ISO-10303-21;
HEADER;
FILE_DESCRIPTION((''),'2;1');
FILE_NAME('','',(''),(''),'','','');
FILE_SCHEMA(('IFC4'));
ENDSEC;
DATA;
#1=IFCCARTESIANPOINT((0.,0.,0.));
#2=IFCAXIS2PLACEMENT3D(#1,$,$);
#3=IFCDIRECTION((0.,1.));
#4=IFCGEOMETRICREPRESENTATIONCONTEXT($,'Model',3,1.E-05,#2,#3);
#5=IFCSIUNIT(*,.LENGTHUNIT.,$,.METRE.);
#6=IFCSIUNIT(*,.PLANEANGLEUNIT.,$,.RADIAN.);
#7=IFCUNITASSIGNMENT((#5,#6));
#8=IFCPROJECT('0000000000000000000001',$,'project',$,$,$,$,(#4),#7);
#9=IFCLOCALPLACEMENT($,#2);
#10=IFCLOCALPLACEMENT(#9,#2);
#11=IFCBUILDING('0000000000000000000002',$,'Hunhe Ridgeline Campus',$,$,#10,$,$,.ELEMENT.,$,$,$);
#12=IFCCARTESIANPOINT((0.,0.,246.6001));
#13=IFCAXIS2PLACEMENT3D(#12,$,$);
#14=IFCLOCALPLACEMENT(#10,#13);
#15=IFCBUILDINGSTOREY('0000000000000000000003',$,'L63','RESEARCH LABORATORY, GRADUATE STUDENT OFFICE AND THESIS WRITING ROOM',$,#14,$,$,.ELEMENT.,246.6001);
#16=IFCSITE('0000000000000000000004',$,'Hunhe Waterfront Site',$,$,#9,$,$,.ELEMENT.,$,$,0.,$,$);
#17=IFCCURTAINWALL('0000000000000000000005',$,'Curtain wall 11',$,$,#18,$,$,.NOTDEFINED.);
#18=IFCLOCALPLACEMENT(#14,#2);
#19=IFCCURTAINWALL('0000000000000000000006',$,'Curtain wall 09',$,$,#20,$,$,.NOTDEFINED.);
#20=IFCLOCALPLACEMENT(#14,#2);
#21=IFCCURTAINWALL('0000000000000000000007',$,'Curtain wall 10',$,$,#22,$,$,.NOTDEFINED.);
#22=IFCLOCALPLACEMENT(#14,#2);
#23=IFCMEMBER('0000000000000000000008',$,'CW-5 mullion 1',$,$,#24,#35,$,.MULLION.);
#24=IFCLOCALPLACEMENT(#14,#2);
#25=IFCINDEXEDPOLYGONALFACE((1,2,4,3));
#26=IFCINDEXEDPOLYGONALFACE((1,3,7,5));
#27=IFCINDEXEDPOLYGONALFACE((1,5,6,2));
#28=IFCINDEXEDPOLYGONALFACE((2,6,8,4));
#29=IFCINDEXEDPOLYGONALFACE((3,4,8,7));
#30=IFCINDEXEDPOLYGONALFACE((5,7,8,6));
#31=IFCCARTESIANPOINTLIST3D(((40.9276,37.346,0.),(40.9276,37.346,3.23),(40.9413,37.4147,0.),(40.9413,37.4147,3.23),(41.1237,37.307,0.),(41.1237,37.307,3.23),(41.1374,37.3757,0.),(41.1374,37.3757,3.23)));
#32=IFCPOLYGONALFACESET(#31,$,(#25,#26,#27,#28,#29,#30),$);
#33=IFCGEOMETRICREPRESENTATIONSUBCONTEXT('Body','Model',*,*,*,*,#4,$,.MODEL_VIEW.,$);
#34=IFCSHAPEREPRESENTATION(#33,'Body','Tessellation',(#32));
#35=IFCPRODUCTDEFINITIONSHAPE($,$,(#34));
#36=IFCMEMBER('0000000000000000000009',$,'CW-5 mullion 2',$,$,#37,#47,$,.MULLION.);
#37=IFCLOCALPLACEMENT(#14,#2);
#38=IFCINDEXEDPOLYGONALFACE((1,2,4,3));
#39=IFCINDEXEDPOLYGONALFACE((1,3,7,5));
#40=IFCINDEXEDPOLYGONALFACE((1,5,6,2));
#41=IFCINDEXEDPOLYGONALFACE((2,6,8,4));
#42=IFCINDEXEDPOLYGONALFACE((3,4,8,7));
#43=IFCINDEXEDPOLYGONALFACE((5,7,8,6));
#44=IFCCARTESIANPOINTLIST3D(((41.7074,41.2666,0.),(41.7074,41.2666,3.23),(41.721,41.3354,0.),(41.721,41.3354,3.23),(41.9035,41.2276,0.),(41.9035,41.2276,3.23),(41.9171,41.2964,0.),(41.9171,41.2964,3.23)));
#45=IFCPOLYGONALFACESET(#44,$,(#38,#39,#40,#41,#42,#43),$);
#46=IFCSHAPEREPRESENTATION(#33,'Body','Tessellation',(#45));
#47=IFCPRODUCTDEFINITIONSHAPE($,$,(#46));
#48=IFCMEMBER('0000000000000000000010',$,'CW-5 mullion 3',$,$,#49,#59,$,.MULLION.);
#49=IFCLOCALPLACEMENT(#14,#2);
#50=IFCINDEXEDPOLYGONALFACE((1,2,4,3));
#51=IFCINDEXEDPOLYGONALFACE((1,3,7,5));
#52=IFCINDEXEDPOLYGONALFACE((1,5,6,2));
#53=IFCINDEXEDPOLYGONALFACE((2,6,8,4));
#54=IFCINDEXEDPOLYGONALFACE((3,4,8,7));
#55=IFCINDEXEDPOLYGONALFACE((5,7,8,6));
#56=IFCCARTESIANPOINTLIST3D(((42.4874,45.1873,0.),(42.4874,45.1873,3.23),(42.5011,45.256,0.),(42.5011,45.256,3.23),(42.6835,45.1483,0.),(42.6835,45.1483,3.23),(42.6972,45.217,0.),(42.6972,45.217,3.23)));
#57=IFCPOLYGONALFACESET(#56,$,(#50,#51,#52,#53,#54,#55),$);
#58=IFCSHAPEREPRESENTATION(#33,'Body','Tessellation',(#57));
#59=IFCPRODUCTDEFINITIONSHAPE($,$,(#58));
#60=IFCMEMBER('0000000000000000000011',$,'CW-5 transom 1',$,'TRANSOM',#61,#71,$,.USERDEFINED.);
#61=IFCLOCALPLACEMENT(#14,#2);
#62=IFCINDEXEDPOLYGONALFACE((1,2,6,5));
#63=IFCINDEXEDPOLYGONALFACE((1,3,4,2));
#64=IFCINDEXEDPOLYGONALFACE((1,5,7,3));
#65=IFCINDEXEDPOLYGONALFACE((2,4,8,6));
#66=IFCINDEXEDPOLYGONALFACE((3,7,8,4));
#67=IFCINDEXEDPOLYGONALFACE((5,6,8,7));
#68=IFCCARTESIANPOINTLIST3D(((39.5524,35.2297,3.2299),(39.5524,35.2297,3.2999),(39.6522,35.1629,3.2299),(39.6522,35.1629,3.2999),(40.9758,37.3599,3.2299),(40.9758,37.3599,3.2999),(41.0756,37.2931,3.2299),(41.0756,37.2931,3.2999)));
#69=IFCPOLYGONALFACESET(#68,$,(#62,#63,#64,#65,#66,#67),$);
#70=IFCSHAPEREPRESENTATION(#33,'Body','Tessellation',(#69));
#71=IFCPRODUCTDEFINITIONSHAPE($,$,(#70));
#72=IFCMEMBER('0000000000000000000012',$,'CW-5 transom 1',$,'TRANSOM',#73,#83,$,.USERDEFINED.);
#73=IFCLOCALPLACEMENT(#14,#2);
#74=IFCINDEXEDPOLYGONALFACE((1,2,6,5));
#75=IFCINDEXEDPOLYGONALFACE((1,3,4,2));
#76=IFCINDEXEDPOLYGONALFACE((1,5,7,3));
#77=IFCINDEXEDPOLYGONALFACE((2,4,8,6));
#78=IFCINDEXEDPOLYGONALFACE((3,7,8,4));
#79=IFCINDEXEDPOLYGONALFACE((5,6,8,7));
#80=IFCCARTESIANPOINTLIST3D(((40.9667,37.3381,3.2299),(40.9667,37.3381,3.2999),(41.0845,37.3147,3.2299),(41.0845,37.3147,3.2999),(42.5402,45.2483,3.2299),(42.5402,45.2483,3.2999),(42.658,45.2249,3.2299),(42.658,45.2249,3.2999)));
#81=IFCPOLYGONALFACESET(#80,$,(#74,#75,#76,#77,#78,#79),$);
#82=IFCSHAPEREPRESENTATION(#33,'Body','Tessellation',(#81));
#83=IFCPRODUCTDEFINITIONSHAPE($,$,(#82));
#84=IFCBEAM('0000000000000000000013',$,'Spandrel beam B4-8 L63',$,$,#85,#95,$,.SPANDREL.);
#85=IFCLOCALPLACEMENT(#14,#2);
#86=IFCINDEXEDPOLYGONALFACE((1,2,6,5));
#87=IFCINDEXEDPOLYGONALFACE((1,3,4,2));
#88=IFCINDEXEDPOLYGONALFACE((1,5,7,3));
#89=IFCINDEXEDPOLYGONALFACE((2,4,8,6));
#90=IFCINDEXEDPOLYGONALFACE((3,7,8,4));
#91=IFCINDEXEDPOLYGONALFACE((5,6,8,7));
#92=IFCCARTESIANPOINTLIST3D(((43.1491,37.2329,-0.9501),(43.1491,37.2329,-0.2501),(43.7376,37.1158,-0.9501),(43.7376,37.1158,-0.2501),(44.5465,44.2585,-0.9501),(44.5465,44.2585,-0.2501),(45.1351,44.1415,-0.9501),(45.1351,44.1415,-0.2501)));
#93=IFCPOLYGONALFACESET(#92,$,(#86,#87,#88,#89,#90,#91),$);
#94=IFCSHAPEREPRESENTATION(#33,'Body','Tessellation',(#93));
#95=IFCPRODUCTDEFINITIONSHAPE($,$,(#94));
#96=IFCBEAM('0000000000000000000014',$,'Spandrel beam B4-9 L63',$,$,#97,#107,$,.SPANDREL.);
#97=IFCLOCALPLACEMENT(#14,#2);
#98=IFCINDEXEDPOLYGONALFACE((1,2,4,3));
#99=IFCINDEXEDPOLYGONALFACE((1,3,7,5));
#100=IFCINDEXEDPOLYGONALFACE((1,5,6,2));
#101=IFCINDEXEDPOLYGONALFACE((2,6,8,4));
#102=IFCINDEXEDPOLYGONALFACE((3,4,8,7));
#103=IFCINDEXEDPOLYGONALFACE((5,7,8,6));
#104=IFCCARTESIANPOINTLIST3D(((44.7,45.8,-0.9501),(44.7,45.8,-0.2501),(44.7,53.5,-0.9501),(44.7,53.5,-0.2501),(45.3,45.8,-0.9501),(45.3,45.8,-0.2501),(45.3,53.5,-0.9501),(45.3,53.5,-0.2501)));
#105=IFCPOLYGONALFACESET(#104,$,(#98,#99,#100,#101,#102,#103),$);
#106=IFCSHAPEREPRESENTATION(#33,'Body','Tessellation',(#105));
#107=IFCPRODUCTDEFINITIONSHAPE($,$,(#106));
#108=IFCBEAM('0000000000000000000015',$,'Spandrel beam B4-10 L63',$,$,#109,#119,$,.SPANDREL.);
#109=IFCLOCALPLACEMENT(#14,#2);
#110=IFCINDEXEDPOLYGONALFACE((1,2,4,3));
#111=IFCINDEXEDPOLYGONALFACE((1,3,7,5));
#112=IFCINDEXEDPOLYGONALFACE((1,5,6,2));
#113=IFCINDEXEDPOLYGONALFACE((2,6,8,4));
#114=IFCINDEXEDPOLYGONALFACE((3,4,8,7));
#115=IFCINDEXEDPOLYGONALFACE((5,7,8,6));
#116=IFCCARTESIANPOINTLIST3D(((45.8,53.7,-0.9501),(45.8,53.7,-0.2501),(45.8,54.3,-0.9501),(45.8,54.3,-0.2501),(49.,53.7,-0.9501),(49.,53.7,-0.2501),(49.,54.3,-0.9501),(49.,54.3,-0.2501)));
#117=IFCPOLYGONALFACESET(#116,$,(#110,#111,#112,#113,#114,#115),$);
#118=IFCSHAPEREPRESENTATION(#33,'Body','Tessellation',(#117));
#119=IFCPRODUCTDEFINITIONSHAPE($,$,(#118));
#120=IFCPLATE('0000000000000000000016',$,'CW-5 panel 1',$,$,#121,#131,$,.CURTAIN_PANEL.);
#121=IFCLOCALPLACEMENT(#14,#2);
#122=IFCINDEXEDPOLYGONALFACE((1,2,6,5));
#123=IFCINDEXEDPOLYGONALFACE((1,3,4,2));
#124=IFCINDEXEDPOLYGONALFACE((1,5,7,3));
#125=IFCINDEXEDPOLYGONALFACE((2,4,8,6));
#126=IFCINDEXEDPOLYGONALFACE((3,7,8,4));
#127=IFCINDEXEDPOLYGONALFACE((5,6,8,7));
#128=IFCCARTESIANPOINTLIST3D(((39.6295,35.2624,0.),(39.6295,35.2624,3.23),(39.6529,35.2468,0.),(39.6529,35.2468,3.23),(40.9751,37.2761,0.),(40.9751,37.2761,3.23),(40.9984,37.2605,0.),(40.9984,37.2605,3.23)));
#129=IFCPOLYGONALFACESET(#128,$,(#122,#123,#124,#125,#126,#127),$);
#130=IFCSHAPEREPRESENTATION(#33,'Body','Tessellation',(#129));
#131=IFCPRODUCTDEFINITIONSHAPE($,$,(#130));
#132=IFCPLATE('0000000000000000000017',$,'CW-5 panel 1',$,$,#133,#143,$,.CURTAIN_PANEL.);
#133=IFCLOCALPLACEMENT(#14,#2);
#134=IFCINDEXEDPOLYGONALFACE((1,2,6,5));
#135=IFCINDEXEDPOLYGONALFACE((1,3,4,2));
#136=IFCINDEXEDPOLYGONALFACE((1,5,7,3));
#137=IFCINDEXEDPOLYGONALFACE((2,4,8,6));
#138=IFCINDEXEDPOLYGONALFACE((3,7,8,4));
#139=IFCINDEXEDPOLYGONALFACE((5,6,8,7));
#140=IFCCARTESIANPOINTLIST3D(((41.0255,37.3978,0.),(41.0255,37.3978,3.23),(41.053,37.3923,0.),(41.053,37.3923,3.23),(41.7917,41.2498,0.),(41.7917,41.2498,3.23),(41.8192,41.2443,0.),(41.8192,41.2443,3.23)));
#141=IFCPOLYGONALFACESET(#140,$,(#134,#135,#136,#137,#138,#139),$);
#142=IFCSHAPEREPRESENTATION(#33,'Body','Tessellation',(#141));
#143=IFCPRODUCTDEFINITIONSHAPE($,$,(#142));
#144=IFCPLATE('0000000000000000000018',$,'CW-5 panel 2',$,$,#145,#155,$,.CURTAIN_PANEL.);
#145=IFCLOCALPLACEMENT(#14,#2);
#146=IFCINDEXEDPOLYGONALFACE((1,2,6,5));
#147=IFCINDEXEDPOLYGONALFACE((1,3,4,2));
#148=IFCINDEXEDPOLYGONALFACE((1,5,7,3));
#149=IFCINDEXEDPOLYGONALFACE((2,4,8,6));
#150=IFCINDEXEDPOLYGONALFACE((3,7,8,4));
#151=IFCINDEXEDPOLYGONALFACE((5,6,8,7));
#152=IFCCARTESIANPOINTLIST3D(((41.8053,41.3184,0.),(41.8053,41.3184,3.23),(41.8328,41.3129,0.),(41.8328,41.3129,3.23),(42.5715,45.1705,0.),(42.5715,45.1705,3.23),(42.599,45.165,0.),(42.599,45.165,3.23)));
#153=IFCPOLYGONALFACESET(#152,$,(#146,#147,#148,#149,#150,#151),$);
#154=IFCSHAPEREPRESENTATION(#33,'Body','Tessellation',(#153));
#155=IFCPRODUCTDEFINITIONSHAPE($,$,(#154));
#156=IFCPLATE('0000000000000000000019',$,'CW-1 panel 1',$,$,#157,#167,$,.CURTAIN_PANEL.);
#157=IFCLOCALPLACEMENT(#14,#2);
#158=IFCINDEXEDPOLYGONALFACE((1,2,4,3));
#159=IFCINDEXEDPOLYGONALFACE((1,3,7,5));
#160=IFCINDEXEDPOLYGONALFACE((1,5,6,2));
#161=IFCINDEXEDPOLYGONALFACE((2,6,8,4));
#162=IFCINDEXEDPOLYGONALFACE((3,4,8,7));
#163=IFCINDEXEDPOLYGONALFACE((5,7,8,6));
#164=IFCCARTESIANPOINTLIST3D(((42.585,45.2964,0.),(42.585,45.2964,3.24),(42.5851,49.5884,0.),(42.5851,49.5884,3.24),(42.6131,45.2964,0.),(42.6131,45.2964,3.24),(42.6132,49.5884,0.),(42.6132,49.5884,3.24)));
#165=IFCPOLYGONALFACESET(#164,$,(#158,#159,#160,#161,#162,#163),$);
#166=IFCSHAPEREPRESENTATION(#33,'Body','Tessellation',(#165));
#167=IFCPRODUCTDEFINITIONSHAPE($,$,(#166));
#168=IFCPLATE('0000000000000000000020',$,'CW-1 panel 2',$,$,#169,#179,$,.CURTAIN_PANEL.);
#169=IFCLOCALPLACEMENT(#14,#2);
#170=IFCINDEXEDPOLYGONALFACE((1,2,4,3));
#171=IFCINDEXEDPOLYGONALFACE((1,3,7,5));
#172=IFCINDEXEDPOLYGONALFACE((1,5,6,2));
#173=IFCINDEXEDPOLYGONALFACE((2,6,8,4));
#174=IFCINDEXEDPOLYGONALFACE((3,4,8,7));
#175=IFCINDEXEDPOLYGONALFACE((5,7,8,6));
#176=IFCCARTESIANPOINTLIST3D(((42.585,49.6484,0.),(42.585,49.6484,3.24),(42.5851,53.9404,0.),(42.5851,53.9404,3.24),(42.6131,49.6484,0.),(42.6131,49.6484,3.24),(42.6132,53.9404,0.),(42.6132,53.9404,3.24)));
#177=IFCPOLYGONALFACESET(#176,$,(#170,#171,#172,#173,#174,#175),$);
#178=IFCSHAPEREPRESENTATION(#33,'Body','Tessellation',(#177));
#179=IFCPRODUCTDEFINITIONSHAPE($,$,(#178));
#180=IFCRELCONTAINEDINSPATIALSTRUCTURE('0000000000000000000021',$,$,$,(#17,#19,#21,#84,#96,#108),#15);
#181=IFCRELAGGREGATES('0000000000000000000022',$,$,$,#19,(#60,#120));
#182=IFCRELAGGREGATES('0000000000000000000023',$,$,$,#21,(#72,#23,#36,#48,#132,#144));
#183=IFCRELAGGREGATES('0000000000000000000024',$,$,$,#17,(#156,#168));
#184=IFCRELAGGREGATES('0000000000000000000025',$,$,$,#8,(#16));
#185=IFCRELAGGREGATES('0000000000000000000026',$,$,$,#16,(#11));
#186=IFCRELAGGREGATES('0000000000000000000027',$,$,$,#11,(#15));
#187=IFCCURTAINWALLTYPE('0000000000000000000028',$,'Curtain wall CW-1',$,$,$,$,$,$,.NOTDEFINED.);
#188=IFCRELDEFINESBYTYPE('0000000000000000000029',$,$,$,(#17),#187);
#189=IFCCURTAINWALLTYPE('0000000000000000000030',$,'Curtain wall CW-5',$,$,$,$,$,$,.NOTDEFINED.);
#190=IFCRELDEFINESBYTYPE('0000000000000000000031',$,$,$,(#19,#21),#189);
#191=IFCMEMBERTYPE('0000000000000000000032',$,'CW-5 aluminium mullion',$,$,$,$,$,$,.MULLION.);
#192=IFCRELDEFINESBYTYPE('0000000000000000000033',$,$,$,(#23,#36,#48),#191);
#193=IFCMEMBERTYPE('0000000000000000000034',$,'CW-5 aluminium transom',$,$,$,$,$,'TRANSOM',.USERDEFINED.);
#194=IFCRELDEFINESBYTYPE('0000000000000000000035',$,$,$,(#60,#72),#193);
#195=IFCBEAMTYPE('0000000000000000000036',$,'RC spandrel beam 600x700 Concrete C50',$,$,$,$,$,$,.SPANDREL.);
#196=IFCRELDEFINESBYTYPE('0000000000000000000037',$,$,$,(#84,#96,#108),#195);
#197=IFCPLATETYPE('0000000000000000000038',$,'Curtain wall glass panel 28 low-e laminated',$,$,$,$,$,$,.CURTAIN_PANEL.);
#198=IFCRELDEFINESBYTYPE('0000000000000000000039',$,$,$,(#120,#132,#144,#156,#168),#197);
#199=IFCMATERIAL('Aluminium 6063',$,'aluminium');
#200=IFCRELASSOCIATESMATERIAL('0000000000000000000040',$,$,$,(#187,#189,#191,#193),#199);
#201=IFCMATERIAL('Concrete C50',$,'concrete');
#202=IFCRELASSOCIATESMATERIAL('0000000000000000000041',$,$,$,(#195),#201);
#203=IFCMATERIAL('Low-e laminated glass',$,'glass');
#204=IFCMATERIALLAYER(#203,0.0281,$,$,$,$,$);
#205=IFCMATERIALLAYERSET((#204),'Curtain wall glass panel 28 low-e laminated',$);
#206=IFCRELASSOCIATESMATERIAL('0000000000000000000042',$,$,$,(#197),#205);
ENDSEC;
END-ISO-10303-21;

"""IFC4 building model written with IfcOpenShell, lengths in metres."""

from ifc_helpers import new_model, si_unit, direction, frame, origin, origin_2d, place, context, subcontext, project, spatial, rectangle, extrude, material, layer, layer_set, material_profile, profile_set, type_object, element, aggregate, save


model = new_model("IFC4")

# Units and contexts
model_context = context("Model", 3, precision=1e-05, world=origin(), true_north=direction((0.0, 1.0)))
body_context = subcontext(model_context, "Body", "Model", "MODEL_VIEW")
ifc_project = project(units=[si_unit("LENGTHUNIT", "METRE"), si_unit("PLANEANGLEUNIT", "RADIAN")], contexts=[model_context])

# Site, building, storey
site_placement = place(None, origin())
site = spatial("IfcSite", under=ifc_project, at=site_placement, Name="Hunhe Waterfront Site", CompositionType="ELEMENT", RefElevation=0.0)
building_placement = place(site_placement, origin())
building = spatial("IfcBuilding", under=site, at=building_placement, Name="Hunhe Ridgeline Campus", CompositionType="ELEMENT")
storey_placement = place(building_placement, frame((0.0, 0.0, 246.6001)))
storey = spatial("IfcBuildingStorey", under=building, at=storey_placement, Name="L63", Description="RESEARCH LABORATORY, GRADUATE STUDENT OFFICE AND THESIS WRITING ROOM", CompositionType="ELEMENT", Elevation=246.6001)

# Curtain wall
ifc_material_1 = material(Name="Aluminium 6063", Category="aluminium")
curtain_wall_type_1 = type_object("IfcCurtainWallType", Name="Curtain wall CW-1", PredefinedType="NOTDEFINED", material=ifc_material_1)
curtain_wall_1_placement = place(storey_placement, origin())
curtain_wall_1 = element("IfcCurtainWall", 1, at=curtain_wall_1_placement, inside=storey, type_object=curtain_wall_type_1, Name="Curtain wall 11", PredefinedType="NOTDEFINED")

# Shared definitions
curtain_wall_type_2 = type_object("IfcCurtainWallType", Name="Curtain wall CW-5", PredefinedType="NOTDEFINED", material=ifc_material_1)
ifc_material_profile_1 = material_profile(ifc_material_1, rectangle(XDim=0.2, YDim=0.0701, at=origin_2d()))
ifc_profile_set_1 = profile_set([ifc_material_profile_1], Name="Aluminium 6063")
member_type_1 = type_object("IfcMemberType", Name="CW-5 aluminium mullion", PredefinedType="MULLION", material=ifc_profile_set_1)

# Curtain walls, members
curtain_wall_2_placement = place(storey_placement, origin())
curtain_wall_2 = element("IfcCurtainWall", 2, at=curtain_wall_2_placement, inside=storey, type_object=curtain_wall_type_2, Name="Curtain wall 09", PredefinedType="NOTDEFINED")
curtain_wall_3_placement = place(storey_placement, origin())
curtain_wall_3 = element("IfcCurtainWall", 3, at=curtain_wall_3_placement, inside=storey, type_object=curtain_wall_type_2, Name="Curtain wall 10", PredefinedType="NOTDEFINED")
member_1_placement = place(storey_placement, frame((41.0325, 37.3608, 0.0), z_axis=(0.0, 0.0, 1.0), x_axis=(-0.980785, 0.19509, 0.0)))
member_1 = element("IfcMember", 4, at=member_1_placement, type_object=member_type_1, Name="CW-5 mullion 1", PredefinedType="MULLION", context=body_context, shape_type="SweptSolid", body=[
    extrude(rectangle(XDim=0.2, YDim=0.0701, at=origin_2d()), origin(), (0.0, 0.0, 1.0), 3.23),
])
member_2_placement = place(storey_placement, frame((41.8123, 41.2815, 0.0), z_axis=(0.0, 0.0, 1.0), x_axis=(-0.980785, 0.19509, 0.0)))
member_2 = element("IfcMember", 5, at=member_2_placement, type_object=member_type_1, Name="CW-5 mullion 2", PredefinedType="MULLION", context=body_context, shape_type="SweptSolid", body=[
    extrude(rectangle(XDim=0.2, YDim=0.0701, at=origin_2d()), origin(), (0.0, 0.0, 1.0), 3.23),
])
member_3_placement = place(storey_placement, frame((42.5923, 45.2021, 0.0), z_axis=(0.0, 0.0, 1.0), x_axis=(-0.980785, 0.19509, 0.0)))
member_3 = element("IfcMember", 6, at=member_3_placement, type_object=member_type_1, Name="CW-5 mullion 3", PredefinedType="MULLION", context=body_context, shape_type="SweptSolid", body=[
    extrude(rectangle(XDim=0.2, YDim=0.0701, at=origin_2d()), origin(), (0.0, 0.0, 1.0), 3.23),
])

# Members
ifc_material_profile_2 = material_profile(ifc_material_1, rectangle(XDim=0.1201, YDim=0.0701, at=origin_2d()))
ifc_profile_set_2 = profile_set([ifc_material_profile_2], Name="Aluminium 6063")
member_type_2 = type_object("IfcMemberType", Name="CW-5 aluminium transom", ElementType="TRANSOM", PredefinedType="USERDEFINED", material=ifc_profile_set_2)
member_4_placement = place(storey_placement, frame((39.6023, 35.1963, 3.2649), z_axis=(0.55558, 0.831463, 0.0), x_axis=(-0.831463, 0.55558, 0.0)))
member_4 = element("IfcMember", 7, at=member_4_placement, type_object=member_type_2, Name="CW-5 transom 1", ObjectType="TRANSOM", PredefinedType="USERDEFINED", context=body_context, shape_type="SweptSolid", body=[
    extrude(rectangle(XDim=0.1201, YDim=0.0701, at=origin_2d()), origin(), (0.0, 0.0, 1.0), 2.562),
])
member_5_placement = place(storey_placement, frame((41.0256, 37.3264, 3.2649), z_axis=(0.195097, 0.980784, 0.0), x_axis=(-0.980784, 0.195097, 0.0)))
member_5 = element("IfcMember", 8, at=member_5_placement, type_object=member_type_2, Name="CW-5 transom 1", ObjectType="TRANSOM", PredefinedType="USERDEFINED", context=body_context, shape_type="SweptSolid", body=[
    extrude(rectangle(XDim=0.1201, YDim=0.0701, at=origin_2d()), origin(), (0.0, 0.0, 1.0), 8.0652),
])

# Beams
ifc_material_2 = material(Name="Concrete C50", Category="concrete")
ifc_material_profile_3 = material_profile(ifc_material_2, rectangle(XDim=0.6001, YDim=0.7, at=origin_2d()))
ifc_profile_set_3 = profile_set([ifc_material_profile_3], Name="Concrete C50")
beam_type = type_object("IfcBeamType", Name="RC spandrel beam 600x700 Concrete C50", PredefinedType="SPANDREL", material=ifc_profile_set_3)
beam_1_placement = place(storey_placement, frame((43.4434, 37.1743, -0.6001), z_axis=(0.195087, 0.980786, 0.0), x_axis=(-0.980786, 0.195087, 0.0)))
element("IfcBeam", 9, at=beam_1_placement, inside=storey, type_object=beam_type, Name="Spandrel beam B4-8 L63", PredefinedType="SPANDREL", context=body_context, shape_type="SweptSolid", body=[
    extrude(rectangle(XDim=0.6001, YDim=0.7, at=origin_2d()), origin(), (0.0, 0.0, 1.0), 7.1633),
])
beam_2_placement = place(storey_placement, frame((45.0, 45.8, -0.6001), z_axis=(0.0, 1.0, 0.0), x_axis=(-1.0, 0.0, 0.0)))
element("IfcBeam", 10, at=beam_2_placement, inside=storey, type_object=beam_type, Name="Spandrel beam B4-9 L63", PredefinedType="SPANDREL", context=body_context, shape_type="SweptSolid", body=[
    extrude(rectangle(XDim=0.6001, YDim=0.7, at=origin_2d()), origin(), (0.0, 0.0, 1.0), 7.7),
])
beam_3_placement = place(storey_placement, frame((45.8, 54.0, -0.6001), z_axis=(1.0, 0.0, 0.0), x_axis=(0.0, 1.0, 0.0)))
element("IfcBeam", 11, at=beam_3_placement, inside=storey, type_object=beam_type, Name="Spandrel beam B4-10 L63", PredefinedType="SPANDREL", context=body_context, shape_type="SweptSolid", body=[
    extrude(rectangle(XDim=0.6001, YDim=0.7, at=origin_2d()), origin(), (0.0, 0.0, 1.0), 3.2),
])

# Plates
ifc_material_3 = material(Name="Low-e laminated glass", Category="glass")
ifc_layer_1 = layer(ifc_material_3, 0.0281)
ifc_layer_set_1 = layer_set([ifc_layer_1], Name="Curtain wall glass panel 28 low-e laminated")
plate_type = type_object("IfcPlateType", Name="Curtain wall glass panel 28 low-e laminated", PredefinedType="CURTAIN_PANEL", material=ifc_layer_set_1)
plate_1_placement = place(storey_placement, frame((40.314, 36.2615, 0.0), z_axis=(0.0, 0.0, 1.0), x_axis=(0.55557, 0.83147, 0.0)))
plate_1 = element("IfcPlate", 12, at=plate_1_placement, type_object=plate_type, Name="CW-5 panel 1", PredefinedType="CURTAIN_PANEL", context=body_context, shape_type="SweptSolid", body=[
    extrude(rectangle(XDim=2.4219, YDim=0.0281, at=origin_2d()), origin(), (0.0, 0.0, 1.0), 3.23),
])
aggregate(curtain_wall_2, [member_4, plate_1])
plate_2_placement = place(storey_placement, frame((41.4224, 39.321, 0.0), z_axis=(0.0, 0.0, 1.0), x_axis=(0.19509, 0.980785, 0.0)))
plate_2 = element("IfcPlate", 13, at=plate_2_placement, type_object=plate_type, Name="CW-5 panel 1", PredefinedType="CURTAIN_PANEL", context=body_context, shape_type="SweptSolid", body=[
    extrude(rectangle(XDim=3.9275, YDim=0.0281, at=origin_2d()), origin(), (0.0, 0.0, 1.0), 3.23),
])
plate_3_placement = place(storey_placement, frame((42.2021, 43.2417, 0.0), z_axis=(0.0, 0.0, 1.0), x_axis=(0.19509, 0.980785, 0.0)))
plate_3 = element("IfcPlate", 14, at=plate_3_placement, type_object=plate_type, Name="CW-5 panel 2", PredefinedType="CURTAIN_PANEL", context=body_context, shape_type="SweptSolid", body=[
    extrude(rectangle(XDim=3.9275, YDim=0.0281, at=origin_2d()), origin(), (0.0, 0.0, 1.0), 3.23),
])
aggregate(curtain_wall_3, [member_5, member_1, member_2, member_3, plate_2, plate_3])
plate_4_placement = place(storey_placement, frame((42.5991, 47.4424, 0.0), z_axis=(0.0, 0.0, 1.0), x_axis=(0.000019, 1.0, 0.0)))
plate_4 = element("IfcPlate", 15, at=plate_4_placement, type_object=plate_type, Name="CW-1 panel 1", PredefinedType="CURTAIN_PANEL", context=body_context, shape_type="SweptSolid", body=[
    extrude(rectangle(XDim=4.292, YDim=0.0281, at=origin_2d()), origin(), (0.0, 0.0, 1.0), 3.24),
])
plate_5_placement = place(storey_placement, frame((42.5991, 51.7944, 0.0), z_axis=(0.0, 0.0, 1.0), x_axis=(0.000019, 1.0, 0.0)))
plate_5 = element("IfcPlate", 16, at=plate_5_placement, type_object=plate_type, Name="CW-1 panel 2", PredefinedType="CURTAIN_PANEL", context=body_context, shape_type="SweptSolid", body=[
    extrude(rectangle(XDim=4.292, YDim=0.0281, at=origin_2d()), origin(), (0.0, 0.0, 1.0), 3.24),
])
aggregate(curtain_wall_1, [plate_4, plate_5])

save(model, "model.ifc")
